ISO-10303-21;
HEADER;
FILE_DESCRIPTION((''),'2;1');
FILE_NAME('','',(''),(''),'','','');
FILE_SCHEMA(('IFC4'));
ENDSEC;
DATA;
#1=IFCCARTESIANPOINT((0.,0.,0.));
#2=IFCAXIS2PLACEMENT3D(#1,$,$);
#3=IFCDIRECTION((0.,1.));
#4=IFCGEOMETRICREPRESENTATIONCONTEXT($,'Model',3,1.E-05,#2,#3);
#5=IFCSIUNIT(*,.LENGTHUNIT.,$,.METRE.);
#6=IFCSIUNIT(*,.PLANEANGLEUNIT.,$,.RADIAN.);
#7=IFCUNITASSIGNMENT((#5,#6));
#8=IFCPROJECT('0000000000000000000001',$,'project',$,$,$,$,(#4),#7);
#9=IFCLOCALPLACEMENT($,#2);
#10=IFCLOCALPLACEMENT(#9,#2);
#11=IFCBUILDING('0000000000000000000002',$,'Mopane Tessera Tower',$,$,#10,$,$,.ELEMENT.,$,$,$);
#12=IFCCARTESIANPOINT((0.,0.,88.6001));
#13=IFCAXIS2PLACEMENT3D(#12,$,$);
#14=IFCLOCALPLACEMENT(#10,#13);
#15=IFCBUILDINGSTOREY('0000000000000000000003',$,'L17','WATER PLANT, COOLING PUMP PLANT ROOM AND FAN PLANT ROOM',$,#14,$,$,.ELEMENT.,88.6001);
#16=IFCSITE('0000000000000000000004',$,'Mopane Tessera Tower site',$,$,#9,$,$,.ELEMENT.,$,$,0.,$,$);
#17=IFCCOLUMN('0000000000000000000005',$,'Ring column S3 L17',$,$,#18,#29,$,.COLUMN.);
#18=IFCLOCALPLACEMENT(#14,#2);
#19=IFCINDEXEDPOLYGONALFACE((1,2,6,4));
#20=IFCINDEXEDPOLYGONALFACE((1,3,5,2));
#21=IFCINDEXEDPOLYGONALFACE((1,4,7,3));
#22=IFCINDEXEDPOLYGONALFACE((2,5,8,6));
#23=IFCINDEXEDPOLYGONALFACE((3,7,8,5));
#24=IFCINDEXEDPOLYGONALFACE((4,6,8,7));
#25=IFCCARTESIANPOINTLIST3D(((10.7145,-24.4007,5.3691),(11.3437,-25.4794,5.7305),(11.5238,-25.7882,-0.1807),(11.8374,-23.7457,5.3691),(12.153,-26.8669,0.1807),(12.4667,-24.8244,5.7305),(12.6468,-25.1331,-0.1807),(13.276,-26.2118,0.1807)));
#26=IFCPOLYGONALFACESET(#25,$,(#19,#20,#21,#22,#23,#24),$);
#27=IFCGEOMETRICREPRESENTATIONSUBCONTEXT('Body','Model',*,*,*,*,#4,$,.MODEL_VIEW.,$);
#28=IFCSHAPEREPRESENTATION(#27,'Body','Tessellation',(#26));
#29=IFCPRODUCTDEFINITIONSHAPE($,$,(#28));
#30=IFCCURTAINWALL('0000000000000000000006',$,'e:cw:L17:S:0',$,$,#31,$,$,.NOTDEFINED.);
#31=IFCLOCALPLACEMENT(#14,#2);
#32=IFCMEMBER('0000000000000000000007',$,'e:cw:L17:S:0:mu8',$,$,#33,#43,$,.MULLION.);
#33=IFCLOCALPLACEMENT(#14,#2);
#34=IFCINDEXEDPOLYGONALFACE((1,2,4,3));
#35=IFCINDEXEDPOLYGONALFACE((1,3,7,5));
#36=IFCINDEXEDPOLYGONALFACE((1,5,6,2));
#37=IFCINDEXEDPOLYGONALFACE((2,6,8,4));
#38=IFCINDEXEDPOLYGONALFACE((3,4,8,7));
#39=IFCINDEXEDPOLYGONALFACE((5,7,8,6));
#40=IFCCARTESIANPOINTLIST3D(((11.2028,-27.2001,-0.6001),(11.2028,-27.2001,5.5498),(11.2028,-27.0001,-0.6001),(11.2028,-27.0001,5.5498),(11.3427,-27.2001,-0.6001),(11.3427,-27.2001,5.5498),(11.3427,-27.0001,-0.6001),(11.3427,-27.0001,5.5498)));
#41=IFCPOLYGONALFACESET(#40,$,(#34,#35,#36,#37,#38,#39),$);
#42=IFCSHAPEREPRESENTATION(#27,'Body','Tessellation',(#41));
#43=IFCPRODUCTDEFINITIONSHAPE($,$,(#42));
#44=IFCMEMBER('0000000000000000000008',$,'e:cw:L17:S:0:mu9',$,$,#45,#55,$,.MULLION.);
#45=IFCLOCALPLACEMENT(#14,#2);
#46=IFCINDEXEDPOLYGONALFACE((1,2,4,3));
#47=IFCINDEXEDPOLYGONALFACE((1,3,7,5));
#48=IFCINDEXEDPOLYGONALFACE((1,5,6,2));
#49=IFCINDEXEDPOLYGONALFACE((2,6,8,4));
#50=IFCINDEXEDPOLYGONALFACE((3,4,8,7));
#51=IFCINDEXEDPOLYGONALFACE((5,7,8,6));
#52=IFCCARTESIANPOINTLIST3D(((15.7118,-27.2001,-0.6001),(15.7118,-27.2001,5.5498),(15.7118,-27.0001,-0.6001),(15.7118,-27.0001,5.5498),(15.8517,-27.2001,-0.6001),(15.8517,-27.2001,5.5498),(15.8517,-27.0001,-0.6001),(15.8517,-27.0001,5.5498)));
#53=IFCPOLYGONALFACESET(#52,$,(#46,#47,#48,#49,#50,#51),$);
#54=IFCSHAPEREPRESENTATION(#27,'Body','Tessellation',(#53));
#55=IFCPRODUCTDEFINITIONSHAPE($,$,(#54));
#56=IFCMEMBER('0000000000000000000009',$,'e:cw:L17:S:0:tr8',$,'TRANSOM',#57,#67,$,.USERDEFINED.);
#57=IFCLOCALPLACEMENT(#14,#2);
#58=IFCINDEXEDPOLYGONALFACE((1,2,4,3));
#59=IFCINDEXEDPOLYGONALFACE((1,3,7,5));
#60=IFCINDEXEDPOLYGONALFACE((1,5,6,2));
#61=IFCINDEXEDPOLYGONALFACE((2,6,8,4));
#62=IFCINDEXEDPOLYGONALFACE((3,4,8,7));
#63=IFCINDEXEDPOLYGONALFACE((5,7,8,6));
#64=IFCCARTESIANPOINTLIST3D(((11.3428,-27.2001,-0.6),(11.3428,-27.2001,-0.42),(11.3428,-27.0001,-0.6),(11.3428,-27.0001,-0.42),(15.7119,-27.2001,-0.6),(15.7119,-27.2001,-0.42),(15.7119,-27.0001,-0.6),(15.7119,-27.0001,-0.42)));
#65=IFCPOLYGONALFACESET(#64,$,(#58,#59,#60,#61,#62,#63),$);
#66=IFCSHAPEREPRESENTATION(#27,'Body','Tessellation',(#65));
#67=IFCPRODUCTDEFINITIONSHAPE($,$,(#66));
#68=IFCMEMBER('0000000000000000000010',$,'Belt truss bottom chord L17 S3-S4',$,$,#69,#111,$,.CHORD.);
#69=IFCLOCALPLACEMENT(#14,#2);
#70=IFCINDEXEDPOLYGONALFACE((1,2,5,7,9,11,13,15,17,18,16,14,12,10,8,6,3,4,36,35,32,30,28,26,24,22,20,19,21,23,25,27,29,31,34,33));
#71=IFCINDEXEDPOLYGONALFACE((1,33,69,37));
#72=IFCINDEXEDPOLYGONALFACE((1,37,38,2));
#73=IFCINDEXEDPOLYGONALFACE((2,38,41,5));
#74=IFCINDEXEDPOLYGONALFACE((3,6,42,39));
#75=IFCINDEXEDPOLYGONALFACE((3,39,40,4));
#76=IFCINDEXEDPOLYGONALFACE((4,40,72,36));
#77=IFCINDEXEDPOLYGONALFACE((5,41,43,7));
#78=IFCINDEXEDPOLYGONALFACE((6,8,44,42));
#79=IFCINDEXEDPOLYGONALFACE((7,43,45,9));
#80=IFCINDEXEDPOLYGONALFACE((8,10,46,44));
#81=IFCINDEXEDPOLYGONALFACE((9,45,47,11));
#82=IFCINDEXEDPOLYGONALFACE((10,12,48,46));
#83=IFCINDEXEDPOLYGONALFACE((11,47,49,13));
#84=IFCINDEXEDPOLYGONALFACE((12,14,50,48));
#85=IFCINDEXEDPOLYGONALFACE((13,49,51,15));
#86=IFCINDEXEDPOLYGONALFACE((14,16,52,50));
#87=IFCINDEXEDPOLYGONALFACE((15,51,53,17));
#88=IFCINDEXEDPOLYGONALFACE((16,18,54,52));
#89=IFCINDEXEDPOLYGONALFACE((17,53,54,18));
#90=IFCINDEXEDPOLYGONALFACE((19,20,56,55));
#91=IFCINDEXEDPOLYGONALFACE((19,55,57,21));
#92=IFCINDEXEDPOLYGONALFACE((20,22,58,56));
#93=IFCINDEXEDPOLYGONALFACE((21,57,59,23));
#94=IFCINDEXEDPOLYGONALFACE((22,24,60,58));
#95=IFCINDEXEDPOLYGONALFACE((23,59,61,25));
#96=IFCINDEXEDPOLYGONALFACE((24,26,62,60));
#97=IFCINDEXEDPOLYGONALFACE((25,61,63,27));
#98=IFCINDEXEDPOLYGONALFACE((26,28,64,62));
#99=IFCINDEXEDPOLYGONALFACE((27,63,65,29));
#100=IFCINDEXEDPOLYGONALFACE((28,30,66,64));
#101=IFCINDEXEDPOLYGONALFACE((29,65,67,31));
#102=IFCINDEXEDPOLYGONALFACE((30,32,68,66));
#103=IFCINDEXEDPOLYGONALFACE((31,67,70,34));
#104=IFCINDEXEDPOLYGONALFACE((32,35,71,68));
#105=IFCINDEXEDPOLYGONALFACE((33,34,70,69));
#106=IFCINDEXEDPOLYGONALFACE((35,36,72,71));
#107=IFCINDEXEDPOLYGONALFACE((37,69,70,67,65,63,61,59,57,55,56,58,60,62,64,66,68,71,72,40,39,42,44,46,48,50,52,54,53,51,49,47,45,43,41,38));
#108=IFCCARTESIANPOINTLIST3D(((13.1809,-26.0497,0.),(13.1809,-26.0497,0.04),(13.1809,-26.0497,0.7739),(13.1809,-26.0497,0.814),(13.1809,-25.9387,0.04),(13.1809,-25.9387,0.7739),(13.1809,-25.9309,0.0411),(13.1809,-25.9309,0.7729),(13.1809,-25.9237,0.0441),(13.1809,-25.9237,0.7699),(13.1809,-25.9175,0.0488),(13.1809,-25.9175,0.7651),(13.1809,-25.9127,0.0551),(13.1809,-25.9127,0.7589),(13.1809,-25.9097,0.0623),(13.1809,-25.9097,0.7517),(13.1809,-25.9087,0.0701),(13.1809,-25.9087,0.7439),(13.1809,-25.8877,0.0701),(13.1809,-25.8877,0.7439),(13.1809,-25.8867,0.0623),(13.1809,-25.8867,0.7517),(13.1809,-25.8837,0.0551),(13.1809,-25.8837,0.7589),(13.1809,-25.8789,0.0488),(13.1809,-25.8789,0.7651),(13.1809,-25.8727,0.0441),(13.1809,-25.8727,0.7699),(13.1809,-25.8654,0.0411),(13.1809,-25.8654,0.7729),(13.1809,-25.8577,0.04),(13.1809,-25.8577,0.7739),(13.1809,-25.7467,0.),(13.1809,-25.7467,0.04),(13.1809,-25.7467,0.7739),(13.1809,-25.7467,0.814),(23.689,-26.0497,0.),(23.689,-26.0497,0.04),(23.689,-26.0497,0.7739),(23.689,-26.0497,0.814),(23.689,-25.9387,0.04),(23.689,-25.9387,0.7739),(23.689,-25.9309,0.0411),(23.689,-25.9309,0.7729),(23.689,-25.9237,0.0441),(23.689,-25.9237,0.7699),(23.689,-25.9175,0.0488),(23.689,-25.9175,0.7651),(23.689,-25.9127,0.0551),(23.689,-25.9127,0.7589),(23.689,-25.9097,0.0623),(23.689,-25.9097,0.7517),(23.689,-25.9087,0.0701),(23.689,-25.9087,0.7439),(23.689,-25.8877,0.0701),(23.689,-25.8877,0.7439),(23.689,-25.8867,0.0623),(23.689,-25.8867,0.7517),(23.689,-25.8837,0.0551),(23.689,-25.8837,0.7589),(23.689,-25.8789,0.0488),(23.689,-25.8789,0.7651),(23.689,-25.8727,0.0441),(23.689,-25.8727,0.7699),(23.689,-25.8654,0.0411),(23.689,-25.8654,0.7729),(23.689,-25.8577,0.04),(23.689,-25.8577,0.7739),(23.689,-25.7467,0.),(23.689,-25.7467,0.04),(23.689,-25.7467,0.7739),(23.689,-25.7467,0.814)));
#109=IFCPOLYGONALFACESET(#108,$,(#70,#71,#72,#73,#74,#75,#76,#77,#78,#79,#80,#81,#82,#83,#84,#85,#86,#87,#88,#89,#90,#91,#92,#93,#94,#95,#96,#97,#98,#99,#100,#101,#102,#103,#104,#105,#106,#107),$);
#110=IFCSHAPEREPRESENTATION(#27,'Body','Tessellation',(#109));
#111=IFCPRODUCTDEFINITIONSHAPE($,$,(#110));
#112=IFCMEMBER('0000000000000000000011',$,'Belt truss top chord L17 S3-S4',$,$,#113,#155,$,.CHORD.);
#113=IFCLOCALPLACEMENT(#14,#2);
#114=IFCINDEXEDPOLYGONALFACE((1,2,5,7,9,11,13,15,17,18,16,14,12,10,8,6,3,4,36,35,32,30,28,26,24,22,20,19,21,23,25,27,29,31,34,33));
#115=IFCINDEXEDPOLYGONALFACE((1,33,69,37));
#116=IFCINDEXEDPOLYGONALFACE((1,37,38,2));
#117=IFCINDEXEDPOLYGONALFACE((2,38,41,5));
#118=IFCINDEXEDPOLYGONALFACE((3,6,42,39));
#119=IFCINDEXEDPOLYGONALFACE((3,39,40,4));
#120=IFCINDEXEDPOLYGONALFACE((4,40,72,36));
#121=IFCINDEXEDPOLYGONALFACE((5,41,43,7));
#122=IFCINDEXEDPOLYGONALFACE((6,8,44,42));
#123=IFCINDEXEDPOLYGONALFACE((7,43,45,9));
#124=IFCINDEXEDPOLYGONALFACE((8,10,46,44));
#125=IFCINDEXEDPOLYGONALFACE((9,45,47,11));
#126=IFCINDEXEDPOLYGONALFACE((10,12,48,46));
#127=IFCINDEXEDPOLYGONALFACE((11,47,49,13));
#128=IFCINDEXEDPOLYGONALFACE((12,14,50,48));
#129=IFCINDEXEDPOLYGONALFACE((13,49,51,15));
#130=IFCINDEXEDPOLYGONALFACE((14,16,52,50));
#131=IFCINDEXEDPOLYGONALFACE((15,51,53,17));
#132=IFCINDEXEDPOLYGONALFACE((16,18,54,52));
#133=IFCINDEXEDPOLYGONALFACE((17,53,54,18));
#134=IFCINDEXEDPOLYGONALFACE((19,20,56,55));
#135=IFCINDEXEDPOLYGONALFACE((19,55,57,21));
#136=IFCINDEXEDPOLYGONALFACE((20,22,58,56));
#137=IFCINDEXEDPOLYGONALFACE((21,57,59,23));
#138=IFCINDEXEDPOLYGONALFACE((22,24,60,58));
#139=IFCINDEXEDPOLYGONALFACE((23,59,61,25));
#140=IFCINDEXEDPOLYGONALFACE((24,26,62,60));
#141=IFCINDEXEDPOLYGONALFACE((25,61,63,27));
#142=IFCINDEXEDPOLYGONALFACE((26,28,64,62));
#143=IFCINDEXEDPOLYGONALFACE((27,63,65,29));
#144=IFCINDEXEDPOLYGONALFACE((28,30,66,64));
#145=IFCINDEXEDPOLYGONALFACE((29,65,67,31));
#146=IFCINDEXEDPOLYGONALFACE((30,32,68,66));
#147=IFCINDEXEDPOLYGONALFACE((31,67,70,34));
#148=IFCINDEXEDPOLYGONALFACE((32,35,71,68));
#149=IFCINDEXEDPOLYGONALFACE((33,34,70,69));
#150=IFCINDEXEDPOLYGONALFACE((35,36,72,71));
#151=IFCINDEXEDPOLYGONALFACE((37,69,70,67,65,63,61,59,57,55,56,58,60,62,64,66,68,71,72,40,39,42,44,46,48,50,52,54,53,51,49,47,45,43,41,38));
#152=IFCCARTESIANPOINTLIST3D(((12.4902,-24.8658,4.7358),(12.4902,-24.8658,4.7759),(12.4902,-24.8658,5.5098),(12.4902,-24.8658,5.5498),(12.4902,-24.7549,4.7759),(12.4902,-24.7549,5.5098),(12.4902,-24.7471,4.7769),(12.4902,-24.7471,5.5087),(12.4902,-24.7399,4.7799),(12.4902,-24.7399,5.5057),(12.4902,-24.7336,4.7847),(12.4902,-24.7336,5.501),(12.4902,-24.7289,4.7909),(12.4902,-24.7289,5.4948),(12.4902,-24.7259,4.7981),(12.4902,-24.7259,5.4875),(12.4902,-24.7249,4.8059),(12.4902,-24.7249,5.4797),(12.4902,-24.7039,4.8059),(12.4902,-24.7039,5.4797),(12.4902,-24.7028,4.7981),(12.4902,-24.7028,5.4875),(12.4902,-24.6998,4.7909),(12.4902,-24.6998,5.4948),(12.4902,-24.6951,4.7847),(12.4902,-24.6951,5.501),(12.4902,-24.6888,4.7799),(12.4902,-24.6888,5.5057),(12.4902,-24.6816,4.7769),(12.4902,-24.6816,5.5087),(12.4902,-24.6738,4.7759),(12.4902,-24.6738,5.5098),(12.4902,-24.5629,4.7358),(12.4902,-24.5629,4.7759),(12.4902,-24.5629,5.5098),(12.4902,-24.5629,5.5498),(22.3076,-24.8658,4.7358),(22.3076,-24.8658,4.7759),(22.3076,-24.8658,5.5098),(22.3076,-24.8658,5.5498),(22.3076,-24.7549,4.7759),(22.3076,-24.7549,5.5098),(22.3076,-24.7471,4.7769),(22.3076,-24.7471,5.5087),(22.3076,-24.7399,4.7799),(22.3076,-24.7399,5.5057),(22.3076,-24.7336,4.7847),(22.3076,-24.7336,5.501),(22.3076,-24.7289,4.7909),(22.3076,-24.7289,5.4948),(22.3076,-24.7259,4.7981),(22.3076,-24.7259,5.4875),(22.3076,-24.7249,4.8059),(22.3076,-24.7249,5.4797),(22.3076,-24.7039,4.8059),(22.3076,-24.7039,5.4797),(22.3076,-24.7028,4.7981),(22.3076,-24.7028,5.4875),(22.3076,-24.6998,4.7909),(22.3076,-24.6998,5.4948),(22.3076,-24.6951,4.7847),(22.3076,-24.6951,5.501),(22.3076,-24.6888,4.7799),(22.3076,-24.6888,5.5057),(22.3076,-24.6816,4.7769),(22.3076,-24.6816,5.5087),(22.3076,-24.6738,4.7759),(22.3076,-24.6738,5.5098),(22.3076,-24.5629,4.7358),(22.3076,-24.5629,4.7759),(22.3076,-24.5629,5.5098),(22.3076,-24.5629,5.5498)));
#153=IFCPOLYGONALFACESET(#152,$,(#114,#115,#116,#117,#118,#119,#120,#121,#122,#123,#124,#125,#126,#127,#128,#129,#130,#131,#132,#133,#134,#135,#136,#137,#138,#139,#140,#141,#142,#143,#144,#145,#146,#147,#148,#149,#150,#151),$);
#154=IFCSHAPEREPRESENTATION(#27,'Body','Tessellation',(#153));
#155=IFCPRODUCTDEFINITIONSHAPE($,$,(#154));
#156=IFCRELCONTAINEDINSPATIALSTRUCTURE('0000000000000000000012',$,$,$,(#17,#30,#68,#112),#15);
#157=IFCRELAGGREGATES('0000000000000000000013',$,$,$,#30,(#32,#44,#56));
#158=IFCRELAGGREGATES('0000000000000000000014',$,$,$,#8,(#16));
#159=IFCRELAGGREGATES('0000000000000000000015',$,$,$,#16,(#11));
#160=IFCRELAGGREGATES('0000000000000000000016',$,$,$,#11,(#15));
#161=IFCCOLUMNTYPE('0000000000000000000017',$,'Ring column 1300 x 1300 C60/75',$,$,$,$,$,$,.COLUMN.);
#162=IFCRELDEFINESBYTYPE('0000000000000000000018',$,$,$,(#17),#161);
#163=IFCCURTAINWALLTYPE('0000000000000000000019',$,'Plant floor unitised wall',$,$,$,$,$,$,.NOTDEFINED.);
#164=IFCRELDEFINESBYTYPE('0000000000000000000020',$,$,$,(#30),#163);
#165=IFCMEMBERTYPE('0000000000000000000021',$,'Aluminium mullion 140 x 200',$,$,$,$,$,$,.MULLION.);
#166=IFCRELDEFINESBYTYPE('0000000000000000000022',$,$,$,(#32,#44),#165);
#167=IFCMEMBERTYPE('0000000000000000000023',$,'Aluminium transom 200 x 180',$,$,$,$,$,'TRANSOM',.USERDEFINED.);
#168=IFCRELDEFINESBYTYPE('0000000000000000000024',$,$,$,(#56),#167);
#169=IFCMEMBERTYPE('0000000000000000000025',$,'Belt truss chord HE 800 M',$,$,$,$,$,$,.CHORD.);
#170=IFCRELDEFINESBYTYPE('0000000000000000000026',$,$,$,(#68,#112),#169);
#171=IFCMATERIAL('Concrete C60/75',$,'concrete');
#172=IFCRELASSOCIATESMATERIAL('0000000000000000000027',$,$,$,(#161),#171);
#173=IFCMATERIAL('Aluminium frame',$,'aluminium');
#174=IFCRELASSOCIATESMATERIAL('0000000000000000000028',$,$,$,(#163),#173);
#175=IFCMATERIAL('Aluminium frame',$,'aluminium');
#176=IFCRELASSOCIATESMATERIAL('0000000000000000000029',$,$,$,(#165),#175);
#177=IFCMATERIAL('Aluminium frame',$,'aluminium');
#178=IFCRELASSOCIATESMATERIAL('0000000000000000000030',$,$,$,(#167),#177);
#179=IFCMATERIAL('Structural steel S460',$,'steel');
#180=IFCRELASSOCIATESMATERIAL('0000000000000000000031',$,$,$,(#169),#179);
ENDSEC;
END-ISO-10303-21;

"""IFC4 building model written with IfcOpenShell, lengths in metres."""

from ifc_helpers import new_model, si_unit, direction, frame, origin, origin_2d, place, context, subcontext, project, spatial, rectangle, i_section, extrude, material, material_profile, profile_set, type_object, element, aggregate, save


model = new_model("IFC4")

# Units and contexts
model_context = context("Model", 3, precision=1e-05, world=origin(), true_north=direction((0.0, 1.0)))
body_context = subcontext(model_context, "Body", "Model", "MODEL_VIEW")
ifc_project = project(units=[si_unit("LENGTHUNIT", "METRE"), si_unit("PLANEANGLEUNIT", "RADIAN")], contexts=[model_context])

# Site, building, storey
site_placement = place(None, origin())
site = spatial("IfcSite", under=ifc_project, at=site_placement, Name="Mopane Tessera Tower site", CompositionType="ELEMENT", RefElevation=0.0)
building_placement = place(site_placement, origin())
building = spatial("IfcBuilding", under=site, at=building_placement, Name="Mopane Tessera Tower", CompositionType="ELEMENT")
storey_placement = place(building_placement, frame((0.0, 0.0, 88.6001)))
storey = spatial("IfcBuildingStorey", under=building, at=storey_placement, Name="L17", Description="WATER PLANT, COOLING PUMP PLANT ROOM AND FAN PLANT ROOM", CompositionType="ELEMENT", Elevation=88.6001)

# Column
ifc_material_1 = material(Name="Concrete C60/75", Category="concrete")
ifc_material_profile_1 = material_profile(ifc_material_1, rectangle(XDim=1.3, YDim=1.3, at=origin_2d()))
ifc_profile_set_1 = profile_set([ifc_material_profile_1], Name="Concrete C60/75")
column_type = type_object("IfcColumnType", Name="Ring column 1300 x 1300 C60/75", PredefinedType="COLUMN", material=ifc_profile_set_1)
column_placement = place(storey_placement, frame((12.3999, -26.0, 0.0), z_axis=(-0.140081, 0.240144, 0.960577), x_axis=(-0.863784, -0.503862, 0.0)))
element("IfcColumn", 1, at=column_placement, inside=storey, type_object=column_type, Name="Ring column S3 L17", PredefinedType="COLUMN", context=body_context, shape_type="SweptSolid", body=[
    extrude(rectangle(XDim=1.3, YDim=1.3, at=origin_2d()), origin(), (0.0, 0.0, 1.0), 5.7776),
])

# Curtain wall, members
ifc_material_2 = material(Name="Aluminium frame", Category="aluminium")
curtain_wall_type = type_object("IfcCurtainWallType", Name="Plant floor unitised wall", PredefinedType="NOTDEFINED", material=ifc_material_2)
curtain_wall_placement = place(storey_placement, origin())
curtain_wall = element("IfcCurtainWall", 2, at=curtain_wall_placement, inside=storey, type_object=curtain_wall_type, Name="e:cw:L17:S:0", PredefinedType="NOTDEFINED")
ifc_material_3 = material(Name="Aluminium frame", Category="aluminium")
ifc_material_profile_2 = material_profile(ifc_material_3, rectangle(XDim=0.1399, YDim=0.2, at=origin_2d()))
ifc_profile_set_2 = profile_set([ifc_material_profile_2], Name="Aluminium frame")
member_type_1 = type_object("IfcMemberType", Name="Aluminium mullion 140 x 200", PredefinedType="MULLION", material=ifc_profile_set_2)
member_1_placement = place(storey_placement, frame((11.2727, -27.1001, -0.6001), z_axis=(0.0, 0.0, 1.0), x_axis=(1.0, 0.0, 0.0)))
member_1 = element("IfcMember", 3, at=member_1_placement, type_object=member_type_1, Name="e:cw:L17:S:0:mu8", PredefinedType="MULLION", context=body_context, shape_type="SweptSolid", body=[
    extrude(rectangle(XDim=0.1399, YDim=0.2, at=origin_2d()), origin(), (0.0, 0.0, 1.0), 6.1499),
])
member_2_placement = place(storey_placement, frame((15.7817, -27.1001, -0.6001), z_axis=(0.0, 0.0, 1.0), x_axis=(1.0, 0.0, 0.0)))
member_2 = element("IfcMember", 4, at=member_2_placement, type_object=member_type_1, Name="e:cw:L17:S:0:mu9", PredefinedType="MULLION", context=body_context, shape_type="SweptSolid", body=[
    extrude(rectangle(XDim=0.1399, YDim=0.2, at=origin_2d()), origin(), (0.0, 0.0, 1.0), 6.1499),
])
ifc_material_4 = material(Name="Aluminium frame", Category="aluminium")
ifc_material_profile_3 = material_profile(ifc_material_4, rectangle(XDim=0.2, YDim=0.1799, at=origin_2d()))
ifc_profile_set_3 = profile_set([ifc_material_profile_3], Name="Aluminium frame")
member_type_2 = type_object("IfcMemberType", Name="Aluminium transom 200 x 180", ElementType="TRANSOM", PredefinedType="USERDEFINED", material=ifc_profile_set_3)
member_3_placement = place(storey_placement, frame((11.3428, -27.1001, -0.51), z_axis=(1.0, 0.0, 0.0), x_axis=(0.0, 1.0, 0.0)))
member_3 = element("IfcMember", 5, at=member_3_placement, type_object=member_type_2, Name="e:cw:L17:S:0:tr8", ObjectType="TRANSOM", PredefinedType="USERDEFINED", context=body_context, shape_type="SweptSolid", body=[
    extrude(rectangle(XDim=0.2, YDim=0.1799, at=origin_2d()), origin(), (0.0, 0.0, 1.0), 4.3691),
])

# Members
ifc_material_5 = material(Name="Structural steel S460", Category="steel")
ifc_material_profile_4 = material_profile(ifc_material_5, i_section(OverallWidth=0.303, OverallDepth=0.814, WebThickness=0.021, FlangeThickness=0.04, FilletRadius=0.03, at=origin_2d()))
ifc_profile_set_4 = profile_set([ifc_material_profile_4], Name="Structural steel S460")
member_type_3 = type_object("IfcMemberType", Name="Belt truss chord HE 800 M", PredefinedType="CHORD", material=ifc_profile_set_4)
member_4_placement = place(storey_placement, frame((13.1809, -25.8982, 0.407), z_axis=(1.0, 0.0, 0.0), x_axis=(0.0, 1.0, 0.0)))
element("IfcMember", 6, at=member_4_placement, inside=storey, type_object=member_type_3, Name="Belt truss bottom chord L17 S3-S4", PredefinedType="CHORD", context=body_context, shape_type="SweptSolid", body=[
    extrude(i_section(OverallWidth=0.303, OverallDepth=0.814, WebThickness=0.021, FlangeThickness=0.04, FilletRadius=0.03, at=origin_2d()), origin(), (0.0, 0.0, 1.0), 10.5081),
])
member_5_placement = place(storey_placement, frame((12.4902, -24.7144, 5.1428), z_axis=(1.0, 0.0, 0.0), x_axis=(0.0, 1.0, 0.0)))
element("IfcMember", 7, at=member_5_placement, inside=storey, type_object=member_type_3, Name="Belt truss top chord L17 S3-S4", PredefinedType="CHORD", context=body_context, shape_type="SweptSolid", body=[
    extrude(i_section(OverallWidth=0.303, OverallDepth=0.814, WebThickness=0.021, FlangeThickness=0.04, FilletRadius=0.03, at=origin_2d()), origin(), (0.0, 0.0, 1.0), 9.8174),
])

aggregate(curtain_wall, [member_1, member_2, member_3])

save(model, "model.ifc")
